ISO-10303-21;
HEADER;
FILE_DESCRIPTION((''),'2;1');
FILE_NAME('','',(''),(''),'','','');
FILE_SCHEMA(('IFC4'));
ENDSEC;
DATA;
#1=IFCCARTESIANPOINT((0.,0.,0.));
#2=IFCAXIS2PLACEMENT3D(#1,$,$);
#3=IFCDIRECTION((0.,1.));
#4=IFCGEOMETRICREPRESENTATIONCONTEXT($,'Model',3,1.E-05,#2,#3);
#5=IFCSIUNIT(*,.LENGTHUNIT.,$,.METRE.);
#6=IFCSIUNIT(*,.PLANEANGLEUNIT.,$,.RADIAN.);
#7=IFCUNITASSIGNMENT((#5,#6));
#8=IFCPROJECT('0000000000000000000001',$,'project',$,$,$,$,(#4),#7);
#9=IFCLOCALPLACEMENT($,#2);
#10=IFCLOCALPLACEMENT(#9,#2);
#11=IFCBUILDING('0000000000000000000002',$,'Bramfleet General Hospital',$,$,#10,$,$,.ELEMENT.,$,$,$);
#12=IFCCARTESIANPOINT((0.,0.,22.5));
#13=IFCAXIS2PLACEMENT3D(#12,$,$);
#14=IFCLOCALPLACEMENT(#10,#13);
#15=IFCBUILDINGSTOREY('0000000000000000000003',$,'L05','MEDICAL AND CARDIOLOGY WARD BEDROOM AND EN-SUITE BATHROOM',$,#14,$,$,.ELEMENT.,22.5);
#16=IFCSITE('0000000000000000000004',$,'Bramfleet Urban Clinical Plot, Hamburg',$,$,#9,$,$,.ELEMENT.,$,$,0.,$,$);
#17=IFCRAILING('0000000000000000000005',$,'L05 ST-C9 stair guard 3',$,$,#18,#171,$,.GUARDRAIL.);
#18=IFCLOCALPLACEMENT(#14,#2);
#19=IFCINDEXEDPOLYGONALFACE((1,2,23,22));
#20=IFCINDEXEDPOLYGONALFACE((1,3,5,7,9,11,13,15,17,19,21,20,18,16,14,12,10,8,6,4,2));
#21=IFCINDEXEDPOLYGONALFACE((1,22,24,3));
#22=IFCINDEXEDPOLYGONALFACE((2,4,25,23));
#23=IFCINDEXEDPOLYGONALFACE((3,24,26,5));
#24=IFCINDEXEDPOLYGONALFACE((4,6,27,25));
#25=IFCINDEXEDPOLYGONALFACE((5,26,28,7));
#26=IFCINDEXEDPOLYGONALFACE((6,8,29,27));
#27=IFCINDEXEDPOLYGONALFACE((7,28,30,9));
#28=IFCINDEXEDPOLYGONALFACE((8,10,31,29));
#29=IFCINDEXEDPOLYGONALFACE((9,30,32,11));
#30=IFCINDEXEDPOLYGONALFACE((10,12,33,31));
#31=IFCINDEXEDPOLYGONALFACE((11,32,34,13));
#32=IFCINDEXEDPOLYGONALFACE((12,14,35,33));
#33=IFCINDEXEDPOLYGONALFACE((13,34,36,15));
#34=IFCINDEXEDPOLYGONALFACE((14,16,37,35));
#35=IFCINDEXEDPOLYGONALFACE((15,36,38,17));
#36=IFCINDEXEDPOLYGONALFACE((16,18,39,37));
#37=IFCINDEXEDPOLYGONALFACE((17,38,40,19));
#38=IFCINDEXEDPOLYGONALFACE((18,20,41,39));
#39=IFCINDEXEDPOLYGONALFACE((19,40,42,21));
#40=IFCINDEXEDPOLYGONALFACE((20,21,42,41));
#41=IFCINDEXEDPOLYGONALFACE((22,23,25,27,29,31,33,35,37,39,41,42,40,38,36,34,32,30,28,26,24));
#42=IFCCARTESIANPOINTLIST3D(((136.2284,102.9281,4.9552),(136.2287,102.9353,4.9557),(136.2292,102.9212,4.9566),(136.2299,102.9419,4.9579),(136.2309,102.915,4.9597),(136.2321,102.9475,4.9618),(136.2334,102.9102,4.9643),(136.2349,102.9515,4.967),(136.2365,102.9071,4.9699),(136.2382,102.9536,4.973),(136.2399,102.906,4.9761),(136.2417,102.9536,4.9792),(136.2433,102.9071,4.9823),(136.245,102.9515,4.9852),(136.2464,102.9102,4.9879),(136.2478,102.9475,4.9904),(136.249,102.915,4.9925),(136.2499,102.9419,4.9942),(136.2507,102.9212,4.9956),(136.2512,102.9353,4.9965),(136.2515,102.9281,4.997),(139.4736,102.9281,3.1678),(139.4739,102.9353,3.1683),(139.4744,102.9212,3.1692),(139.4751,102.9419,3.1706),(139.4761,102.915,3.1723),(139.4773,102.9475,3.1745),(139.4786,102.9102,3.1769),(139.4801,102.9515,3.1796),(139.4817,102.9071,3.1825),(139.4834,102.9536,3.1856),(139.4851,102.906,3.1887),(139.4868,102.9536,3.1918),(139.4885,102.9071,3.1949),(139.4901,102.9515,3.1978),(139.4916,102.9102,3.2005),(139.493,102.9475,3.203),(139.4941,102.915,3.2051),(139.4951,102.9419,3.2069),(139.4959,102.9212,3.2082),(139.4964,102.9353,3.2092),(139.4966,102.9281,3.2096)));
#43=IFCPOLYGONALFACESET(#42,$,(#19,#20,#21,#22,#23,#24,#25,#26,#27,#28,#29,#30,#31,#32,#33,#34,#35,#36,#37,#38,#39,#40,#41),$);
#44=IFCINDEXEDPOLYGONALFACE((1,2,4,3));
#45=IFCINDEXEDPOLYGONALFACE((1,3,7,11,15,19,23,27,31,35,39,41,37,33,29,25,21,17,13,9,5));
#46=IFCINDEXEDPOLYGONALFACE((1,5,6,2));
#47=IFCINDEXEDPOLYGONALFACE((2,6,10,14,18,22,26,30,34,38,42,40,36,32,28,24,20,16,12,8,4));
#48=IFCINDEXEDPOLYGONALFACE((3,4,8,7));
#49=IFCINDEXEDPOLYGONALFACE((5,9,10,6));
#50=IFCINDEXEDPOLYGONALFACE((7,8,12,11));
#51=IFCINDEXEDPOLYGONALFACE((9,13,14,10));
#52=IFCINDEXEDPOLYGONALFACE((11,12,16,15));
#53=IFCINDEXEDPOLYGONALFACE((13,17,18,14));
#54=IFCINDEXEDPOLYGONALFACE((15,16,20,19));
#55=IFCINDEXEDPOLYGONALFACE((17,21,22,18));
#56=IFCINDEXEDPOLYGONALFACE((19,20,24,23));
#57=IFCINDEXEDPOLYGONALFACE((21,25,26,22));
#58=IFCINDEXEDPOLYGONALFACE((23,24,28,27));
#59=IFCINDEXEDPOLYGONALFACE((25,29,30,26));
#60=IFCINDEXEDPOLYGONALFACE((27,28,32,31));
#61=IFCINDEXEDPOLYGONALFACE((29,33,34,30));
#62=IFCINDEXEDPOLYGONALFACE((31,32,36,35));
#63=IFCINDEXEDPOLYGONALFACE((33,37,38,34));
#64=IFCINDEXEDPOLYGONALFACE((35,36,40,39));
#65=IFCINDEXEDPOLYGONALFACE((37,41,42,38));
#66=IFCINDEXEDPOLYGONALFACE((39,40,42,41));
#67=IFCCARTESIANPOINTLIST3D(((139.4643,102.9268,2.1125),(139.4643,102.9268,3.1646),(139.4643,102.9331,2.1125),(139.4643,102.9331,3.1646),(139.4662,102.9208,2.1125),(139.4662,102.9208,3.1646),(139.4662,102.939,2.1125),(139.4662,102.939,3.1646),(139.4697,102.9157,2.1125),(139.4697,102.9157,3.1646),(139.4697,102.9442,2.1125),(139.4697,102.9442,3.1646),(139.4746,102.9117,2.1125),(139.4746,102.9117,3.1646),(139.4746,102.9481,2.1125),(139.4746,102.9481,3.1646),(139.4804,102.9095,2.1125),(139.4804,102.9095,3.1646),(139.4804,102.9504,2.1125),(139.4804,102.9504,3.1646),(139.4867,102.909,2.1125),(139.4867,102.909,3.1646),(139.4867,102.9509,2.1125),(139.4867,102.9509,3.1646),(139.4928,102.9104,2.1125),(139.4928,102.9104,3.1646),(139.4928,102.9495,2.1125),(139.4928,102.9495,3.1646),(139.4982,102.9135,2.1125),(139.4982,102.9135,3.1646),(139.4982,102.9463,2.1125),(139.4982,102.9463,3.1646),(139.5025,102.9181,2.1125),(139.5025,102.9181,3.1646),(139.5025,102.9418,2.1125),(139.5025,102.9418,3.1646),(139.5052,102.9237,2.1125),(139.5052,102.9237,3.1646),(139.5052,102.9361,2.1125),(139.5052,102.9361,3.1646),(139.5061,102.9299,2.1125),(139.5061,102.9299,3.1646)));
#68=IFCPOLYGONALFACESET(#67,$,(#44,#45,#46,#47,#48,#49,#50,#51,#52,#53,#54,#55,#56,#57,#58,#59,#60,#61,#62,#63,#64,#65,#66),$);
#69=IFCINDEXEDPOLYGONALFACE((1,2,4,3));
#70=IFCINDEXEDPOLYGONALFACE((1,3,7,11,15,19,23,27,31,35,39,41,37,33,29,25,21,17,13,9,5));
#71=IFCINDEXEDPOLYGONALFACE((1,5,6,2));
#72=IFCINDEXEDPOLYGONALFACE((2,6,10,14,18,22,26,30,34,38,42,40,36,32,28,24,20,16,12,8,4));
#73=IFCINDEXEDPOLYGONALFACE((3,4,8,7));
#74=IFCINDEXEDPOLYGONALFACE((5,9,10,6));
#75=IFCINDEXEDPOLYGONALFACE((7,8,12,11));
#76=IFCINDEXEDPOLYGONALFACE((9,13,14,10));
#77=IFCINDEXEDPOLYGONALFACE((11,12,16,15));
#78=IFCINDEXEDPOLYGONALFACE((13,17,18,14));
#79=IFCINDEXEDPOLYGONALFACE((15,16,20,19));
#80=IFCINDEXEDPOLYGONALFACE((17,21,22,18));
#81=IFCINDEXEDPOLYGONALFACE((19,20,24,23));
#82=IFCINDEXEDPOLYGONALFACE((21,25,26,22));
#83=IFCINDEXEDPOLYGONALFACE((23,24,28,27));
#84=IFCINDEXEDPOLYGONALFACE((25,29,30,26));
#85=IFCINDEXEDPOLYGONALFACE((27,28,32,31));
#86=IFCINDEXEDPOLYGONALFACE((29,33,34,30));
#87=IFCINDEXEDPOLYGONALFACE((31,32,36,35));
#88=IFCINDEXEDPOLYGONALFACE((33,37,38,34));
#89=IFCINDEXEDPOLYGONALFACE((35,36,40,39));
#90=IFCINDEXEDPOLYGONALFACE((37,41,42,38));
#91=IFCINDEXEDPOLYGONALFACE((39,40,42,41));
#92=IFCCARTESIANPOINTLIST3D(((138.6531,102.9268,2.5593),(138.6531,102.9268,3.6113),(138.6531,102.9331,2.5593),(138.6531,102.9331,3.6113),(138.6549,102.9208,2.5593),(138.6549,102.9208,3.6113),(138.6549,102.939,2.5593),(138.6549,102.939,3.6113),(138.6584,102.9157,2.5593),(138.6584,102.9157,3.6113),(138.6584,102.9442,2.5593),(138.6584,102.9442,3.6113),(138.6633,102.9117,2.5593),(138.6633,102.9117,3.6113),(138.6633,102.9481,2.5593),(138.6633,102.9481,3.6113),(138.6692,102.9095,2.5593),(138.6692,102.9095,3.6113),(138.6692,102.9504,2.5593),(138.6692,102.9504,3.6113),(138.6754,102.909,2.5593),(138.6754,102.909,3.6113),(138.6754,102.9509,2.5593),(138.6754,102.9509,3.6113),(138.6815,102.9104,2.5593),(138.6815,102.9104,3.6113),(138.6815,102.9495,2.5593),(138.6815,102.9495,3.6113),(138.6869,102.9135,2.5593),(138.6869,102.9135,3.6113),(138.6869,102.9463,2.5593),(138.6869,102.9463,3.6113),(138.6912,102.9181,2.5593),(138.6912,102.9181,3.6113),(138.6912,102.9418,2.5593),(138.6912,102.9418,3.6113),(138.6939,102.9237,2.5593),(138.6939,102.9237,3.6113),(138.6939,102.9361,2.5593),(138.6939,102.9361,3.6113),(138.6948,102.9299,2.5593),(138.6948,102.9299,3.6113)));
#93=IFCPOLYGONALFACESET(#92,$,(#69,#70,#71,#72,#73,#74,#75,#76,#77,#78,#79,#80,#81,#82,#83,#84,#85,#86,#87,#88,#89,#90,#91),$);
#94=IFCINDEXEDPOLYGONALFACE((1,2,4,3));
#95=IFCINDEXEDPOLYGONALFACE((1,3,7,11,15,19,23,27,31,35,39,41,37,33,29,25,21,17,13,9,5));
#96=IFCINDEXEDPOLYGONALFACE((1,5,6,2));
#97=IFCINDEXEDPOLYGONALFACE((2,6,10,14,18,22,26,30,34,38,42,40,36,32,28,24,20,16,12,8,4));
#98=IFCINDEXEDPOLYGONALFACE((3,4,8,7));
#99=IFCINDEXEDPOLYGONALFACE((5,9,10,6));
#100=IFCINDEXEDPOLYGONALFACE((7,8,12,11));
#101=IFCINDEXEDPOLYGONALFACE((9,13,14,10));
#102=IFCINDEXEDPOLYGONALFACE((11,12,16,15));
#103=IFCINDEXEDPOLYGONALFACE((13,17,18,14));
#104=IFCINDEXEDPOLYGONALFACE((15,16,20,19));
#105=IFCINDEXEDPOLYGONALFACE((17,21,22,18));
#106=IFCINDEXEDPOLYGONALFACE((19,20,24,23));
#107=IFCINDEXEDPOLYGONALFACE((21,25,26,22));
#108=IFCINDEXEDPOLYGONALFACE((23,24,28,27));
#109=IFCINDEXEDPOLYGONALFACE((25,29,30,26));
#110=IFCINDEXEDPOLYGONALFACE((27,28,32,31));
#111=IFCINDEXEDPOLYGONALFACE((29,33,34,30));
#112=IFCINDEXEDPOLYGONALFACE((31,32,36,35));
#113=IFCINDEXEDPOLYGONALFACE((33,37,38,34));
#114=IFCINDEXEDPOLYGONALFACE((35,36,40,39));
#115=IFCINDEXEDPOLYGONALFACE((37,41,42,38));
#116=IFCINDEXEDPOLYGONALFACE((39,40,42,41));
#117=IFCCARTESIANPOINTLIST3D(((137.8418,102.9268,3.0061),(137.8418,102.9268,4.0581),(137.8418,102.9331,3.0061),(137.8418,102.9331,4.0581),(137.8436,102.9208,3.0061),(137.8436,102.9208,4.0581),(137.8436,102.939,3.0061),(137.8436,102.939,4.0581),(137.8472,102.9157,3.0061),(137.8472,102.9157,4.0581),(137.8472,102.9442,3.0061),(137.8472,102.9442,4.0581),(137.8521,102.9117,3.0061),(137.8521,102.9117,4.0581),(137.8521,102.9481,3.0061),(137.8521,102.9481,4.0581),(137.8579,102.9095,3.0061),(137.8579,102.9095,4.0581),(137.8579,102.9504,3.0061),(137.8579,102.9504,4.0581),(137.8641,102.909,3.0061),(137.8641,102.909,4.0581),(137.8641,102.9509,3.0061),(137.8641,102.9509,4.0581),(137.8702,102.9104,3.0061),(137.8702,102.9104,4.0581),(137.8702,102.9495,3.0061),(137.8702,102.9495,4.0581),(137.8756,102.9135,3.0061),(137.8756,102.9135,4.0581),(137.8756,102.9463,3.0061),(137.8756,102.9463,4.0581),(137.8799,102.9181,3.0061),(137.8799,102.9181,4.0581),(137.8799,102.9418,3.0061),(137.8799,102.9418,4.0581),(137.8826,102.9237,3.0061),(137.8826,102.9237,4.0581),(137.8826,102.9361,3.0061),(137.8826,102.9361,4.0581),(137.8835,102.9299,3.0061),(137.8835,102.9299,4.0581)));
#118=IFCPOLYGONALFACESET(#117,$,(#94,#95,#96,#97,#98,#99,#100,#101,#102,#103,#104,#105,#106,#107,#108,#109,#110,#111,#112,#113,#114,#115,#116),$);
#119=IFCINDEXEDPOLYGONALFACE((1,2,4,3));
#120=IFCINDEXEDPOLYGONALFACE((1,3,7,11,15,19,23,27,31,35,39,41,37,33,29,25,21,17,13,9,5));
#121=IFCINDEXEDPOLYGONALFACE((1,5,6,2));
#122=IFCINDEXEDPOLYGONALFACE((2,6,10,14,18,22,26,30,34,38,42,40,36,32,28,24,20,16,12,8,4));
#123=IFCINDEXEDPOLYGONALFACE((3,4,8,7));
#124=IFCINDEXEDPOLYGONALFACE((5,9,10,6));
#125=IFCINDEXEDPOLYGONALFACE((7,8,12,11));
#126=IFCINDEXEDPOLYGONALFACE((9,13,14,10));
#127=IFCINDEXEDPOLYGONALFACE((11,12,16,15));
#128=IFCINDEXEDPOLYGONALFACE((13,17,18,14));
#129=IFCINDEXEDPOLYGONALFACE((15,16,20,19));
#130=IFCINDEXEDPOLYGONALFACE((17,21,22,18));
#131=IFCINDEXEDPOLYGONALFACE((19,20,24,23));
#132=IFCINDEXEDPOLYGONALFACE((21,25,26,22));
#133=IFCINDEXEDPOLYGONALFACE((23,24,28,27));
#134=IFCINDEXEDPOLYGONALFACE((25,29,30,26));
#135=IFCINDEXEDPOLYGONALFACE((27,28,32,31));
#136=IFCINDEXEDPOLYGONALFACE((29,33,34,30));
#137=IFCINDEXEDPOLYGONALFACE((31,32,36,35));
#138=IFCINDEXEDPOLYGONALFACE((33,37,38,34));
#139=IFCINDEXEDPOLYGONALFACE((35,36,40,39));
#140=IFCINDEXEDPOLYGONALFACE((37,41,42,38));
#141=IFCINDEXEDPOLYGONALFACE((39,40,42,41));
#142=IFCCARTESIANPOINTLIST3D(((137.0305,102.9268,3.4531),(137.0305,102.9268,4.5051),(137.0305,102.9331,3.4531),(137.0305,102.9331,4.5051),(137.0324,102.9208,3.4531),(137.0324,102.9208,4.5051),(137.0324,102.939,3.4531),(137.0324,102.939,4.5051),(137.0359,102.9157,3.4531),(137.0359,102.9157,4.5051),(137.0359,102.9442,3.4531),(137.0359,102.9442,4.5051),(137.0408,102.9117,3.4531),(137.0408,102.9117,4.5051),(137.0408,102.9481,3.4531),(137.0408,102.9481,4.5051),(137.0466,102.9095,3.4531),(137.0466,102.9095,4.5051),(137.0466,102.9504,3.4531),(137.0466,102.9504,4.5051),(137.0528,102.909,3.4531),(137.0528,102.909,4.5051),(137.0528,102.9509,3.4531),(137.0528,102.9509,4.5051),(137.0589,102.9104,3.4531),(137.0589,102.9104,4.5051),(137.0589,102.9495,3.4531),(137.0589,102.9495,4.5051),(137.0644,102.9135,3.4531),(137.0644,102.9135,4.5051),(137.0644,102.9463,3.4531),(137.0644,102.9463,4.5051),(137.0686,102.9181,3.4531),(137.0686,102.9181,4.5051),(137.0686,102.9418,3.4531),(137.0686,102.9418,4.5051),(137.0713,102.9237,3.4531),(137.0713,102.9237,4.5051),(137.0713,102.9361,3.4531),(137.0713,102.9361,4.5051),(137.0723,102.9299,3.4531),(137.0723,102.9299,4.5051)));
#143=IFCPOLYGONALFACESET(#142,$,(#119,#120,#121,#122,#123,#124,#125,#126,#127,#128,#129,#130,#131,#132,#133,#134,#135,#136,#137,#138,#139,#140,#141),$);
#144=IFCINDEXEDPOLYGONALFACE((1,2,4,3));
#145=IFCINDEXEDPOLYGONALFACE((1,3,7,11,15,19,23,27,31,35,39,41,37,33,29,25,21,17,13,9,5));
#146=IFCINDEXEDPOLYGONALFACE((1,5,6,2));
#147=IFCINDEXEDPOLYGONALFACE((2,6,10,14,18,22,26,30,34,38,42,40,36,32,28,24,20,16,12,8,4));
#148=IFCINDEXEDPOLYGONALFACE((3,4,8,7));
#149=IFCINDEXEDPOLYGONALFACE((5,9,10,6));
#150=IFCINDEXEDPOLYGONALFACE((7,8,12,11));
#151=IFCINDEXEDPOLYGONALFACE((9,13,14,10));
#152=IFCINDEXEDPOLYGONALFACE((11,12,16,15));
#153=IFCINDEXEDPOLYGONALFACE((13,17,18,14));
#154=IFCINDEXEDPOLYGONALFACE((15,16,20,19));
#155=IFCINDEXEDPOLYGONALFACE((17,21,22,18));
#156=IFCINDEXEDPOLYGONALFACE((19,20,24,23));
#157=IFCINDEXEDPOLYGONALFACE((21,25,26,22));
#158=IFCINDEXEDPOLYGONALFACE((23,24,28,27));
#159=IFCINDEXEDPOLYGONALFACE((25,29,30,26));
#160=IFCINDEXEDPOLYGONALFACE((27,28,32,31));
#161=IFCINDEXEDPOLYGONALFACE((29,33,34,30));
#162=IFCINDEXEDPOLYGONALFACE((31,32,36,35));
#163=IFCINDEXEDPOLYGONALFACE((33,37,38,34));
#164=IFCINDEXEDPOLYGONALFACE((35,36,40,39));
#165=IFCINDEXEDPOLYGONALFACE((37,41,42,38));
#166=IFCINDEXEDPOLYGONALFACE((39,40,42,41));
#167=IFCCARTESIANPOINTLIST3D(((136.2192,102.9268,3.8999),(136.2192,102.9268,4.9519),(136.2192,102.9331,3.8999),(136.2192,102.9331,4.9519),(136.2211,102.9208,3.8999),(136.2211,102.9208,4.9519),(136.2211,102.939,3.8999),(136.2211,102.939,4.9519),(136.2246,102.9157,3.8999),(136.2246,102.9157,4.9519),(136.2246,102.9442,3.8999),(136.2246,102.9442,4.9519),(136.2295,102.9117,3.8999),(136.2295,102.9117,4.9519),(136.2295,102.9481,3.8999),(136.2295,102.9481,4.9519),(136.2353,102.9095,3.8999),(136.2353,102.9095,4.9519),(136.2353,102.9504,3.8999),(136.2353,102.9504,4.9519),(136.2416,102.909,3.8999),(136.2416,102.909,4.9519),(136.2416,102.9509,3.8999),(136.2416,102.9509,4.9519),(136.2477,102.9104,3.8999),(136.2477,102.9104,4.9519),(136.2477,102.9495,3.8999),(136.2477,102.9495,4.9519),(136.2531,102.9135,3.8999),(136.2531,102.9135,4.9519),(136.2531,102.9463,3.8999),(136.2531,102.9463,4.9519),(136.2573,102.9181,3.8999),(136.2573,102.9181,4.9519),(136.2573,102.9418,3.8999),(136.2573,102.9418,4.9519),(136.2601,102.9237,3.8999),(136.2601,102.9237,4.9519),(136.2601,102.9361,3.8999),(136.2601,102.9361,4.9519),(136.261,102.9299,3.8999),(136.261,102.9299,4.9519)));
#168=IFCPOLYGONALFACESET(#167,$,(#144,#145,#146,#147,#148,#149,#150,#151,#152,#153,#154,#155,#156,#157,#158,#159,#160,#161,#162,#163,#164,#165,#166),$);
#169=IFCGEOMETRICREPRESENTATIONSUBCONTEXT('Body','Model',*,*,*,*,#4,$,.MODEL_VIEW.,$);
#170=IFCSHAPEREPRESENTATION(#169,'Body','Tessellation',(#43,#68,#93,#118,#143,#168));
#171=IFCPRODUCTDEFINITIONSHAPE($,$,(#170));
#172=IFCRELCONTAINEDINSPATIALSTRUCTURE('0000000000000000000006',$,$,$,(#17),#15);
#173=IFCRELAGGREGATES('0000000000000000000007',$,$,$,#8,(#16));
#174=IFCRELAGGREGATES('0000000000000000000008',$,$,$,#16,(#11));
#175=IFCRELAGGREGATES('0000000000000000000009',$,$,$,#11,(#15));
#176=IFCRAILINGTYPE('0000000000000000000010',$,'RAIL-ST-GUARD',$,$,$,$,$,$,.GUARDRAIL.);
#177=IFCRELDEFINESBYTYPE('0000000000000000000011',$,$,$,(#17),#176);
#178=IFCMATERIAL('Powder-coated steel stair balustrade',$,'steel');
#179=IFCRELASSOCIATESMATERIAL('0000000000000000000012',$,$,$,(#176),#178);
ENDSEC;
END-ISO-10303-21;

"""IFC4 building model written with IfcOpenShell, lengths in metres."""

from ifc_helpers import new_model, si_unit, direction, frame, origin, origin_2d, place, context, subcontext, project, spatial, circle, extrude, material, type_object, element, save


model = new_model("IFC4")

# Units and contexts
model_context = context("Model", 3, precision=1e-05, world=origin(), true_north=direction((0.0, 1.0)))
body_context = subcontext(model_context, "Body", "Model", "MODEL_VIEW")
ifc_project = project(units=[si_unit("LENGTHUNIT", "METRE"), si_unit("PLANEANGLEUNIT", "RADIAN")], contexts=[model_context])

# Site, building, storey
site_placement = place(None, origin())
site = spatial("IfcSite", under=ifc_project, at=site_placement, Name="Bramfleet Urban Clinical Plot, Hamburg", CompositionType="ELEMENT", RefElevation=0.0)
building_placement = place(site_placement, origin())
building = spatial("IfcBuilding", under=site, at=building_placement, Name="Bramfleet General Hospital", CompositionType="ELEMENT")
storey_placement = place(building_placement, frame((0.0, 0.0, 22.5)))
storey = spatial("IfcBuildingStorey", under=building, at=storey_placement, Name="L05", Description="MEDICAL AND CARDIOLOGY WARD BEDROOM AND EN-SUITE BATHROOM", CompositionType="ELEMENT", Elevation=22.5)

# Railing
ifc_material_1 = material(Name="Powder-coated steel stair balustrade", Category="steel")
railing_type_1 = type_object("IfcRailingType", Name="RAIL-ST-GUARD", PredefinedType="GUARDRAIL", material=ifc_material_1)
railing_1_placement = place(storey_placement, frame((139.4851, 102.9299, 2.1125)))
element("IfcRailing", 1, at=railing_1_placement, inside=storey, type_object=railing_type_1, Name="L05 ST-C9 stair guard 3", PredefinedType="GUARDRAIL", context=body_context, shape_type="SweptSolid", body=[
    extrude(circle(Radius=0.0239, at=origin_2d()), frame((0.0, 0.0, 1.0762), z_axis=(-0.875926, 0.0, 0.482445), x_axis=(0.0, -1.0, 0.0)), (0.0, 0.0, 1.0), 3.7048),
    extrude(circle(Radius=0.021, at=origin_2d()), origin(), (0.0, 0.0, 1.0), 1.052),
    extrude(circle(Radius=0.021, at=origin_2d()), frame((-0.8113, 0.0, 0.4468)), (0.0, 0.0, 1.0), 1.052),
    extrude(circle(Radius=0.021, at=origin_2d()), frame((-1.6226, 0.0, 0.8936)), (0.0, 0.0, 1.0), 1.052),
    extrude(circle(Radius=0.021, at=origin_2d()), frame((-2.4338, 0.0, 1.3406)), (0.0, 0.0, 1.0), 1.052),
    extrude(circle(Radius=0.021, at=origin_2d()), frame((-3.2451, 0.0, 1.7874)), (0.0, 0.0, 1.0), 1.052),
])

save(model, "model.ifc")
